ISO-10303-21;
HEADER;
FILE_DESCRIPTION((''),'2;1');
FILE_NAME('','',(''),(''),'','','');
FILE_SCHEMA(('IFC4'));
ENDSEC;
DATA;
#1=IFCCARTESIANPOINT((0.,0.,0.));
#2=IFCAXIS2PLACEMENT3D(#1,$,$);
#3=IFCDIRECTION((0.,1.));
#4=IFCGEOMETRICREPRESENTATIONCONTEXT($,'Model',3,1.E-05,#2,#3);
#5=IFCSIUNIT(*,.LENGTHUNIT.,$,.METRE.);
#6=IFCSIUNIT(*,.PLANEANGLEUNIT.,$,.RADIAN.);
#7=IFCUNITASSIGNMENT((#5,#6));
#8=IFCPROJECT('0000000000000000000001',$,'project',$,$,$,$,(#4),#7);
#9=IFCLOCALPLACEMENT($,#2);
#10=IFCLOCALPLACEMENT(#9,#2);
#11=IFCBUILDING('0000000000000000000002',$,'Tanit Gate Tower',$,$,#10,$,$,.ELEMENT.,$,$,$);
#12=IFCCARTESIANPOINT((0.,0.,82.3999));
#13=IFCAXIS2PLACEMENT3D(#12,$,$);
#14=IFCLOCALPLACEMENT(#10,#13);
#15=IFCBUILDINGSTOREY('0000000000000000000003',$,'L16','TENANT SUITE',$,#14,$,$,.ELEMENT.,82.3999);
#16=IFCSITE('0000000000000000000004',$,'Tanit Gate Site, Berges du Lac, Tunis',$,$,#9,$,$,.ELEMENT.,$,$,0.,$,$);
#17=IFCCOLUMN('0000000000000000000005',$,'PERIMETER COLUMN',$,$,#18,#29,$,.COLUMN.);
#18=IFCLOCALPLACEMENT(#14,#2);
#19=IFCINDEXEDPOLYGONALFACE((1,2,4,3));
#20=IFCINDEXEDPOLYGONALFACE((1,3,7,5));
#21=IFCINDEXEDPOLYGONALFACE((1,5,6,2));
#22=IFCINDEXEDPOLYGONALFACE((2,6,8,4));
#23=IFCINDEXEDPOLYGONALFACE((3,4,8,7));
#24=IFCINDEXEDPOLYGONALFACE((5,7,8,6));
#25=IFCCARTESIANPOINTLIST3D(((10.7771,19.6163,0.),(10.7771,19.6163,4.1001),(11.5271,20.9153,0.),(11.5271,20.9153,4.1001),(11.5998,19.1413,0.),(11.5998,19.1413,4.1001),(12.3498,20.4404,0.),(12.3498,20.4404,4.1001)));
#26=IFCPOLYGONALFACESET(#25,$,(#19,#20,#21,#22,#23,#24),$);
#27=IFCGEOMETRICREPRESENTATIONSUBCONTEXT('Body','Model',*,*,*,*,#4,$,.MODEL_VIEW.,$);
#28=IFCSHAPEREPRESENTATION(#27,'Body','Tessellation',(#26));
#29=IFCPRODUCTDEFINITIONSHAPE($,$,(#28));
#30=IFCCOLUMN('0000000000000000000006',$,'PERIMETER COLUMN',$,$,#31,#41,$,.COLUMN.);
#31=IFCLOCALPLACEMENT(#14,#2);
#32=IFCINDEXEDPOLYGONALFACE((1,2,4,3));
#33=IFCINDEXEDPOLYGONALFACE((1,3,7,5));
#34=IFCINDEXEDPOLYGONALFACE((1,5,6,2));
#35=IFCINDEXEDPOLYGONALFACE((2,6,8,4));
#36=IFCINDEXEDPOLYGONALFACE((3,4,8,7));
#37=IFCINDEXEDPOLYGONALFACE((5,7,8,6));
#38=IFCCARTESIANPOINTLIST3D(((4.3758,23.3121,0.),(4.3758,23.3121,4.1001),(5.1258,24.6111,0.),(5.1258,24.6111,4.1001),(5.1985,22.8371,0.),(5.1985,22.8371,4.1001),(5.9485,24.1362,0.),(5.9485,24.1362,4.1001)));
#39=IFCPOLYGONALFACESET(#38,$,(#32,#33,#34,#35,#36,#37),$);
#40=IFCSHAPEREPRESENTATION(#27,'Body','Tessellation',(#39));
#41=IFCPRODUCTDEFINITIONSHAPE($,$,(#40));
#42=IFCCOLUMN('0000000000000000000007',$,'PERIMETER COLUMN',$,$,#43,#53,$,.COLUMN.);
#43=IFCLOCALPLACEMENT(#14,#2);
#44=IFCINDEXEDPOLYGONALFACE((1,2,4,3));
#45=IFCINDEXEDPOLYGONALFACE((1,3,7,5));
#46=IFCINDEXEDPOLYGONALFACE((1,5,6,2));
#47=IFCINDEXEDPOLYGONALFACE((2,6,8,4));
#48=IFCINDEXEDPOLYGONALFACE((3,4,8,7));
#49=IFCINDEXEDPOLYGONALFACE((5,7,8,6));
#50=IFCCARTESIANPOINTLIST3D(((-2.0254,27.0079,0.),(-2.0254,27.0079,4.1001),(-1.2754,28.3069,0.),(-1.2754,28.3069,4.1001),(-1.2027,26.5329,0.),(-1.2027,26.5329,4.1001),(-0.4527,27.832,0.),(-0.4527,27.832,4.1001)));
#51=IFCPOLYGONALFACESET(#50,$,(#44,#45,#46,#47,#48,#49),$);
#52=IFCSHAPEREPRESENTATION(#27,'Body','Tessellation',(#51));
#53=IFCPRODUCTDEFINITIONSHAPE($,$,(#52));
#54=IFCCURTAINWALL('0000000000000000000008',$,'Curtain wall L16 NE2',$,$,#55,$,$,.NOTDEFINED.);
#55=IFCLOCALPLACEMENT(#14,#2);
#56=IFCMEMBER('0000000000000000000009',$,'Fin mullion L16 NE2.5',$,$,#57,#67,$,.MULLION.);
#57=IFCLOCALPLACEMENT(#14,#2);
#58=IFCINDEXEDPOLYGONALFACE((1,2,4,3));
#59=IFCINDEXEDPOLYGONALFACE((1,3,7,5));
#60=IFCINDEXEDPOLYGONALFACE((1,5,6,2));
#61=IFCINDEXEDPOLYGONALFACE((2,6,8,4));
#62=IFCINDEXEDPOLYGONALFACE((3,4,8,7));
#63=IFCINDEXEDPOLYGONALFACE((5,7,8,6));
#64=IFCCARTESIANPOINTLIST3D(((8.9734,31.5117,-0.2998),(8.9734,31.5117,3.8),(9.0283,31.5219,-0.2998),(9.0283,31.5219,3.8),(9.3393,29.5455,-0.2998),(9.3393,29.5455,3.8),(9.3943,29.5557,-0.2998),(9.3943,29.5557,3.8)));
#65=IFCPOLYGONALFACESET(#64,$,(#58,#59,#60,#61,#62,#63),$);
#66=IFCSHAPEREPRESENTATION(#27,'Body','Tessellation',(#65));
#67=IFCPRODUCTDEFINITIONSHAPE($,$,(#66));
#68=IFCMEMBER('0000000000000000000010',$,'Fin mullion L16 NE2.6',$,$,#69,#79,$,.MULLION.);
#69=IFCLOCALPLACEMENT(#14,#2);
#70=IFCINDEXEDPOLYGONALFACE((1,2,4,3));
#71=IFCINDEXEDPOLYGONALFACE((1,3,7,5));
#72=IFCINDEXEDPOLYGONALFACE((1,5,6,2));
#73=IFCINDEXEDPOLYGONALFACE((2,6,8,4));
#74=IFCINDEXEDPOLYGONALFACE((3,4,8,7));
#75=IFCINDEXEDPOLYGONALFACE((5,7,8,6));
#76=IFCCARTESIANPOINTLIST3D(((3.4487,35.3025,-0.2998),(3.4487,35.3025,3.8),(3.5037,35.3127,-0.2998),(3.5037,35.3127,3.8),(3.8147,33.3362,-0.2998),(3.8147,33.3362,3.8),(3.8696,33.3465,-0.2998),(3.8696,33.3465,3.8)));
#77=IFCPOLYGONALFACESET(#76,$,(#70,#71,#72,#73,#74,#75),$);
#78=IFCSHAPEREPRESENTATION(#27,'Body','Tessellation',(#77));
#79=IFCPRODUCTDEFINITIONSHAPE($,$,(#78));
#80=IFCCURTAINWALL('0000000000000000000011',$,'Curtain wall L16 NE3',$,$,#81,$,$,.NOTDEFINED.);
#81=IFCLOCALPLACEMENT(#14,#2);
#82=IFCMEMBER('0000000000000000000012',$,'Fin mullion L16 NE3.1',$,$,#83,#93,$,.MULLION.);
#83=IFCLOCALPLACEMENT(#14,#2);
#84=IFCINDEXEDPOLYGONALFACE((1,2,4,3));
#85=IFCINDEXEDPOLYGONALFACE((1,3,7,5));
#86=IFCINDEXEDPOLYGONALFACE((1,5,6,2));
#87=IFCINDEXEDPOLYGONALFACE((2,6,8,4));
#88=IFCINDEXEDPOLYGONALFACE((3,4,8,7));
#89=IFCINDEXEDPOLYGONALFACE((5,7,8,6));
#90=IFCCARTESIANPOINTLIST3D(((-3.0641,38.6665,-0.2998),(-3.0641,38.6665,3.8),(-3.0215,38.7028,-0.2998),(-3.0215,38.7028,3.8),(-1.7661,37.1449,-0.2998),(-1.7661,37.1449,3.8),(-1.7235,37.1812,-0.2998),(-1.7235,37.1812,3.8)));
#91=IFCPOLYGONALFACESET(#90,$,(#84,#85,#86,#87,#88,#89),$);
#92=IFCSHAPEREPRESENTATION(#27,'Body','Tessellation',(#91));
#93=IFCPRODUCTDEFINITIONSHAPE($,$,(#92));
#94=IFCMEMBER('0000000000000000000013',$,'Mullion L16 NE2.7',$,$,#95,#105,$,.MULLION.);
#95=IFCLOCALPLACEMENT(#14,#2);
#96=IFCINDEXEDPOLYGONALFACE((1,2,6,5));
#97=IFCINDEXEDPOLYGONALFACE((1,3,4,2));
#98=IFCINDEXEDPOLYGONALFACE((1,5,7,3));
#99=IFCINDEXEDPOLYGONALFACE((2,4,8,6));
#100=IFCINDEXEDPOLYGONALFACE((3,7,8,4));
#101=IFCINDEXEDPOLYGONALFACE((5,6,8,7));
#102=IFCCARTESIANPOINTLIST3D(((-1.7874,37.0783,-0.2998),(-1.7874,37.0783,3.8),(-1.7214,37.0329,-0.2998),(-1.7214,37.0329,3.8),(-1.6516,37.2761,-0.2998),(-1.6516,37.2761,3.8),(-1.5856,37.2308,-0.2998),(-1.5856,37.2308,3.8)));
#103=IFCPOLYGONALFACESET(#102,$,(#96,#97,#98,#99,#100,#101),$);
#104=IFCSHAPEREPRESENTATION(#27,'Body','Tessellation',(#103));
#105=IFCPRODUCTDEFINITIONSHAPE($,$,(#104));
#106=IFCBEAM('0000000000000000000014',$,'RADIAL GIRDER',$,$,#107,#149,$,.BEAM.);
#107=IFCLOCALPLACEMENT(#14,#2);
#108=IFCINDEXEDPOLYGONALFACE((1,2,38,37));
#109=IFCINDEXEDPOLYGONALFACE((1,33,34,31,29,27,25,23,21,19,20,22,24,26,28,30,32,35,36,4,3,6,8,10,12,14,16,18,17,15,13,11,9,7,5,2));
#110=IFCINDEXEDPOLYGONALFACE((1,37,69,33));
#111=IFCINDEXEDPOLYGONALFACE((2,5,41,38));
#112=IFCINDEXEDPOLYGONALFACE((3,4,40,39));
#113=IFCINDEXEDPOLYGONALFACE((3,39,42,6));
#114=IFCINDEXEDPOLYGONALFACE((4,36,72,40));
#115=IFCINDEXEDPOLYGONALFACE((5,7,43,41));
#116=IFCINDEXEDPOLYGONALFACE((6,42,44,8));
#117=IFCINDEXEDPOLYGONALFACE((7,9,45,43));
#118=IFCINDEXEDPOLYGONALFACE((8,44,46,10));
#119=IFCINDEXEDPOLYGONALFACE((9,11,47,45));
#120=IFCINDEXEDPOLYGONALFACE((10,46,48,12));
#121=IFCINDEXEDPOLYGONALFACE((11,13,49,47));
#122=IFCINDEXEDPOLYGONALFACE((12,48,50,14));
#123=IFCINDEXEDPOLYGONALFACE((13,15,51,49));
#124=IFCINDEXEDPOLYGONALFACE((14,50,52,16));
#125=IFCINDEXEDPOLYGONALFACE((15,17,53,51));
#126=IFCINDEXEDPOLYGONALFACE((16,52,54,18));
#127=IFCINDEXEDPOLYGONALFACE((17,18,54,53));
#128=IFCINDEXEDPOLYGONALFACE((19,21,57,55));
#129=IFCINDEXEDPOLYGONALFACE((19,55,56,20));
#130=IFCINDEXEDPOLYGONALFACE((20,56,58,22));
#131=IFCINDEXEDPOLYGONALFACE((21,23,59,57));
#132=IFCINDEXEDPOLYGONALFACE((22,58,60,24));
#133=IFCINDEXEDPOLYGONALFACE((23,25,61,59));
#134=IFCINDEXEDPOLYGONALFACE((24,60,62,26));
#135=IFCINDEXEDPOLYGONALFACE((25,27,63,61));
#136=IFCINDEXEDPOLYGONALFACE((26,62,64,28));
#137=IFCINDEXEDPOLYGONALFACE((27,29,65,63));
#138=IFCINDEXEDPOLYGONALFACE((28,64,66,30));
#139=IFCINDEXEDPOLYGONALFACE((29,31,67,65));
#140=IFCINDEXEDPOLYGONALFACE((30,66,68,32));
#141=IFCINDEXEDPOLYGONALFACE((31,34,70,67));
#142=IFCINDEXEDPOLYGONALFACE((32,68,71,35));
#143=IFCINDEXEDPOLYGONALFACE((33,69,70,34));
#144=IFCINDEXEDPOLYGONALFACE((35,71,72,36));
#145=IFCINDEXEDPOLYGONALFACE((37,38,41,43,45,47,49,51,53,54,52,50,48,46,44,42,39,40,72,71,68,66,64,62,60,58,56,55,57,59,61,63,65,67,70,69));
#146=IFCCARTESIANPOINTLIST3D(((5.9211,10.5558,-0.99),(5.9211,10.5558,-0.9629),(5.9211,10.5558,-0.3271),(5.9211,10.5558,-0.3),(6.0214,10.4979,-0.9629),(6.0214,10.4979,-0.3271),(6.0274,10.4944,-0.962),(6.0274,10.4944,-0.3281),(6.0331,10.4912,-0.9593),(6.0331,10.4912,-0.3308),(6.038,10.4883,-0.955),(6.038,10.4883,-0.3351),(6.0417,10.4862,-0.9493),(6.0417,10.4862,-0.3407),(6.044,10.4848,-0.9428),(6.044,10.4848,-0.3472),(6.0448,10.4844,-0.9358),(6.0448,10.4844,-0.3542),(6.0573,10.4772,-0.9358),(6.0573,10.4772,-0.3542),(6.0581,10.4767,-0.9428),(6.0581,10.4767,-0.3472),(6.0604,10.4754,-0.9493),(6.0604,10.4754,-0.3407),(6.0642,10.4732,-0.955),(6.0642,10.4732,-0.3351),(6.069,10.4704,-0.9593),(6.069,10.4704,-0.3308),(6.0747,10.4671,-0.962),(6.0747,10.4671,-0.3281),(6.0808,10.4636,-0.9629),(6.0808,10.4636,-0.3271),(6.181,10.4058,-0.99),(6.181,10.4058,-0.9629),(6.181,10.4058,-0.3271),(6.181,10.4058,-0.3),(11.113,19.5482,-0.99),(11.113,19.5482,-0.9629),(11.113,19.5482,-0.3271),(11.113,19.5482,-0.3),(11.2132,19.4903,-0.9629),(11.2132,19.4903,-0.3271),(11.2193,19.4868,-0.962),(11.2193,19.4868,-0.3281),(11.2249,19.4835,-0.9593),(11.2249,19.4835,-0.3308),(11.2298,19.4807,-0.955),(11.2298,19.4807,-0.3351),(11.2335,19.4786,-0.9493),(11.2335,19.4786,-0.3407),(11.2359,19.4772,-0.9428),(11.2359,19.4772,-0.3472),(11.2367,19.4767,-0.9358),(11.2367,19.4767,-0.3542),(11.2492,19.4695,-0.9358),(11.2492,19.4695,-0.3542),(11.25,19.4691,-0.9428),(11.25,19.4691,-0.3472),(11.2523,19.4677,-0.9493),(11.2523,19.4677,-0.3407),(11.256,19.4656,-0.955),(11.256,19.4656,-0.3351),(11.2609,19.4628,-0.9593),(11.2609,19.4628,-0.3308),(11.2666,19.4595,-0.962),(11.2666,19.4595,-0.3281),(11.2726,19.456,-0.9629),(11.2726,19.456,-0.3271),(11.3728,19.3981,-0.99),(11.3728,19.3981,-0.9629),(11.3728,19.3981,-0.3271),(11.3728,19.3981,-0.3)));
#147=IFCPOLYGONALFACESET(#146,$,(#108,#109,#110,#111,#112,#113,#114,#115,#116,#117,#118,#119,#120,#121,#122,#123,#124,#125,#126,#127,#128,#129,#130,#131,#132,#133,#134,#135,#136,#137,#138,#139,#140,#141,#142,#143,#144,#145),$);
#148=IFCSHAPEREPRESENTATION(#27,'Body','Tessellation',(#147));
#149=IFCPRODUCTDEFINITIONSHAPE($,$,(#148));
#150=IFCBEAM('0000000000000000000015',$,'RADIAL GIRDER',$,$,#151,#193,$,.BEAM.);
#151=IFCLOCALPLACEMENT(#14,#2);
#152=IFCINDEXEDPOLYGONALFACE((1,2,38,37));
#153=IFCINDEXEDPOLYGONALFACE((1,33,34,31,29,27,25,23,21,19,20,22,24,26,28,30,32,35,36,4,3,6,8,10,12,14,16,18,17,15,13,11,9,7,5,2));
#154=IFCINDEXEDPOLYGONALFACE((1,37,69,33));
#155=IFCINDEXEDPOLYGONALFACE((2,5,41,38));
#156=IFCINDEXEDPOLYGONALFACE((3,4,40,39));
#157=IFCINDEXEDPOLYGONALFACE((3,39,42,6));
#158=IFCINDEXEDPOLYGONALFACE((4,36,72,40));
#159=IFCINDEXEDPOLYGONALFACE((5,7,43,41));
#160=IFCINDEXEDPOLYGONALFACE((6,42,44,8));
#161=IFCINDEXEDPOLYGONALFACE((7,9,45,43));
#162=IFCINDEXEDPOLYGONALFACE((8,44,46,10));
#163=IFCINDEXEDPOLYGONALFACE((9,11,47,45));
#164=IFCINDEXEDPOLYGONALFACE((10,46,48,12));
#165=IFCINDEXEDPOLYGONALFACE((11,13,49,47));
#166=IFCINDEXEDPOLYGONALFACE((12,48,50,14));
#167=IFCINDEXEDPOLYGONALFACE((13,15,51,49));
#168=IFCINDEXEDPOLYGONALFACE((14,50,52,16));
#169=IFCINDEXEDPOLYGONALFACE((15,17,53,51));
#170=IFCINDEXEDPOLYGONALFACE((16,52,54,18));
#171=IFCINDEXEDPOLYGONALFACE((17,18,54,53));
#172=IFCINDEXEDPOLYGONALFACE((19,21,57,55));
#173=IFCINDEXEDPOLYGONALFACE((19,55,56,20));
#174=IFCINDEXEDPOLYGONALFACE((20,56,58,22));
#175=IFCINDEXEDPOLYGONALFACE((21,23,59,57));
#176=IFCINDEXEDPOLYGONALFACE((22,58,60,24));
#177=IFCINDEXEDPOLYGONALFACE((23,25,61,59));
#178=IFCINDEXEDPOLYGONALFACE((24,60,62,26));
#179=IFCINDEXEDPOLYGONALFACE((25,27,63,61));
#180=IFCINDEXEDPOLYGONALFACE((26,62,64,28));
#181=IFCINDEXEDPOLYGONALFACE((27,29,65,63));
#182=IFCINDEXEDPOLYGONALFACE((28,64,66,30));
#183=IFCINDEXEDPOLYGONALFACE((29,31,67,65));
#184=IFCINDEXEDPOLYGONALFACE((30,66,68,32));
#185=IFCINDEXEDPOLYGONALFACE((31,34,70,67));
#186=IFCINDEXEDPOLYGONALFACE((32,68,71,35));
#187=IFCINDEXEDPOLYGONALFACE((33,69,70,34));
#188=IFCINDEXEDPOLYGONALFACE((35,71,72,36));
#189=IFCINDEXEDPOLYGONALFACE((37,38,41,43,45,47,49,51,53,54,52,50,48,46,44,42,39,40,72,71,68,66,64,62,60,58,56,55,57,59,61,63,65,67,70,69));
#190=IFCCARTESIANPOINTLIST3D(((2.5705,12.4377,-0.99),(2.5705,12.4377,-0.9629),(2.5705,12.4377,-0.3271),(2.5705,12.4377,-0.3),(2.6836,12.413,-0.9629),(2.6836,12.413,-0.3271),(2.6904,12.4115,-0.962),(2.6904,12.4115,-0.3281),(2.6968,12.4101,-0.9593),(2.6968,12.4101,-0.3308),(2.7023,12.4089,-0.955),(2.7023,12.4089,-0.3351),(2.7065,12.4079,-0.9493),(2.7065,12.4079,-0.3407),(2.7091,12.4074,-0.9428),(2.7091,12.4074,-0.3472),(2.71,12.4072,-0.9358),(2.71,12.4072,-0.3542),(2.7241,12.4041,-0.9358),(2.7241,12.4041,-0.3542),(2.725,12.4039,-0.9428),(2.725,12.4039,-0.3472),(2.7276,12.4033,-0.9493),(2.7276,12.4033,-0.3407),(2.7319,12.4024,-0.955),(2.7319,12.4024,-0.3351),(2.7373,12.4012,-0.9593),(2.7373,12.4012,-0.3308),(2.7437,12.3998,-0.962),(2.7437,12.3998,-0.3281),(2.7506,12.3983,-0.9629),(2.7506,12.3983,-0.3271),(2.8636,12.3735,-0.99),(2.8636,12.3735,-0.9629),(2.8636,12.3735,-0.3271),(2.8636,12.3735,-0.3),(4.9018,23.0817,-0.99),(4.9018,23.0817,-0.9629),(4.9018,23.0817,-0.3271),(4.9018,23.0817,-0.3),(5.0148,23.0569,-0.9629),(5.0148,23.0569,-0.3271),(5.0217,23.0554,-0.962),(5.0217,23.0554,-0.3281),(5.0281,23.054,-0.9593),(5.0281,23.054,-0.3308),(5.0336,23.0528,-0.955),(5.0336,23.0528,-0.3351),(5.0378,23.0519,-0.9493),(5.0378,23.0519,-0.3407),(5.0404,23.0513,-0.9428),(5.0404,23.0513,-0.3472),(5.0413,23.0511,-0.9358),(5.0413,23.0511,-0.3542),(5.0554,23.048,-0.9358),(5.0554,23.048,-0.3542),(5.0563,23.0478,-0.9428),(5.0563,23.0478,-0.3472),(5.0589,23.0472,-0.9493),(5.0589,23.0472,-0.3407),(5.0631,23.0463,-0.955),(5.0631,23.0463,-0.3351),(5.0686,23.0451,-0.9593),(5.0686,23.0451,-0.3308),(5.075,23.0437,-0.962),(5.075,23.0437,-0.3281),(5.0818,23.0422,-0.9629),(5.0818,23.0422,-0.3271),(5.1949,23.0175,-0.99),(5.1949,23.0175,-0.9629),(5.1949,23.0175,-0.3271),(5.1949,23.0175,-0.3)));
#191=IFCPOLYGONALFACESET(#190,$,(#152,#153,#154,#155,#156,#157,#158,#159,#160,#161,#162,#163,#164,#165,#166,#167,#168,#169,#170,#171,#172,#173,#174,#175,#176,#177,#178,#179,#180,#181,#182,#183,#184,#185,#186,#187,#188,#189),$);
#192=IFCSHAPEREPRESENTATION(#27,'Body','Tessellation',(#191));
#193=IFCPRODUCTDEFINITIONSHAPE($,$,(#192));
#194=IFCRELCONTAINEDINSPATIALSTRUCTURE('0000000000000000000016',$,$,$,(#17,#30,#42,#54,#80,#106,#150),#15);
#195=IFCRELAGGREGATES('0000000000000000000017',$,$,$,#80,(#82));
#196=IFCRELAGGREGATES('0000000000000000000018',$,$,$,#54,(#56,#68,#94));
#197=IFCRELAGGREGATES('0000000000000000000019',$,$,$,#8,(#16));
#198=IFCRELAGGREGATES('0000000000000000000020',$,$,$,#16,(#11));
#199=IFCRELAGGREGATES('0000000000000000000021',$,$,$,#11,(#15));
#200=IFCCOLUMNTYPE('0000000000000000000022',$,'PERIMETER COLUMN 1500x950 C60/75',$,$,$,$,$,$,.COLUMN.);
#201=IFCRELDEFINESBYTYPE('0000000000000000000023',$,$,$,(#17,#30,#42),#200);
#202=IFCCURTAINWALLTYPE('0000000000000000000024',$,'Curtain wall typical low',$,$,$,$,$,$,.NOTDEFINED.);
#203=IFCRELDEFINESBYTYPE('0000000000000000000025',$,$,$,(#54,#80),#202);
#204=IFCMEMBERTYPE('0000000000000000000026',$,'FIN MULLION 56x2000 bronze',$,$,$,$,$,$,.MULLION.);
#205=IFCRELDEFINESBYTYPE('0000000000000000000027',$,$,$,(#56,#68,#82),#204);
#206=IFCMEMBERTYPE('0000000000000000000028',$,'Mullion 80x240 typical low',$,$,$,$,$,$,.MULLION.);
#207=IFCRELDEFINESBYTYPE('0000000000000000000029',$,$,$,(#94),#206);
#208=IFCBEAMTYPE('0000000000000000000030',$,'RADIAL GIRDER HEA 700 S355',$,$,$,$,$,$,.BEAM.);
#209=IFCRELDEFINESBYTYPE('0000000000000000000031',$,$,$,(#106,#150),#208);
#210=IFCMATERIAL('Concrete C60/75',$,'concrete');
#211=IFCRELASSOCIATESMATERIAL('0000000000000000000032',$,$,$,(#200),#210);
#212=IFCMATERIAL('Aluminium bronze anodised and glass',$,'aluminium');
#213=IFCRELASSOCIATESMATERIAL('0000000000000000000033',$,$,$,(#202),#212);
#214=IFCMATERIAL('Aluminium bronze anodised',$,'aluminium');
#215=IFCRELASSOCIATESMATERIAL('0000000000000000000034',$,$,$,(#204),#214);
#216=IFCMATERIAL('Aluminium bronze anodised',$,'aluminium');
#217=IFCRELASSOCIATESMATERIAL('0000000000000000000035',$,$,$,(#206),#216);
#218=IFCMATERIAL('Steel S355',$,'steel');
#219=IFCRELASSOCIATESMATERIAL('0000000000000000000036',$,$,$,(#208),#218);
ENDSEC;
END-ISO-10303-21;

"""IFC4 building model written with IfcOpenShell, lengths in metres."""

from ifc_helpers import new_model, si_unit, direction, frame, origin, origin_2d, place, context, subcontext, project, spatial, rectangle, i_section, extrude, material, material_profile, profile_set, type_object, element, aggregate, save


model = new_model("IFC4")

# Units and contexts
model_context = context("Model", 3, precision=1e-05, world=origin(), true_north=direction((0.0, 1.0)))
body_context = subcontext(model_context, "Body", "Model", "MODEL_VIEW")
ifc_project = project(units=[si_unit("LENGTHUNIT", "METRE"), si_unit("PLANEANGLEUNIT", "RADIAN")], contexts=[model_context])

# Site, building, storey
site_placement = place(None, origin())
site = spatial("IfcSite", under=ifc_project, at=site_placement, Name="Tanit Gate Site, Berges du Lac, Tunis", CompositionType="ELEMENT", RefElevation=0.0)
building_placement = place(site_placement, origin())
building = spatial("IfcBuilding", under=site, at=building_placement, Name="Tanit Gate Tower", CompositionType="ELEMENT")
storey_placement = place(building_placement, frame((0.0, 0.0, 82.3999)))
storey = spatial("IfcBuildingStorey", under=building, at=storey_placement, Name="L16", Description="TENANT SUITE", CompositionType="ELEMENT", Elevation=82.3999)

# Columns
ifc_material_1 = material(Name="Concrete C60/75", Category="concrete")
ifc_material_profile_1 = material_profile(ifc_material_1, rectangle(XDim=1.5, YDim=0.95, at=origin_2d()), Name="RC 1500x950")
ifc_profile_set_1 = profile_set([ifc_material_profile_1], Name="Concrete C60/75")
column_type = type_object("IfcColumnType", Name="PERIMETER COLUMN 1500x950 C60/75", PredefinedType="COLUMN", material=ifc_profile_set_1)
for number, where, z_axis, x_axis, name in (
    (1, (11.5635, 20.0283, 0.0), (0.0, 0.0, 1.0), (0.5, 0.866025, 0.0), "PERIMETER COLUMN"),
    (2, (5.1621, 23.7241, 0.0), (0.0, 0.0, 1.0), (0.5, 0.866025, 0.0), "PERIMETER COLUMN"),
    (3, (-1.239, 27.4199, 0.0), (0.0, 0.0, 1.0), (0.5, 0.866025, 0.0), "PERIMETER COLUMN"),
):
    element("IfcColumn", number, at=place(storey_placement, frame(where, z_axis=z_axis, x_axis=x_axis)), inside=storey, type_object=column_type, Name=name, PredefinedType="COLUMN", context=body_context, shape_type="SweptSolid", body=[
        extrude(rectangle(XDim=1.5, YDim=0.95, at=origin_2d()), origin(), (0.0, 0.0, 1.0), 4.1001),
    ])

# Curtain wall, members
ifc_material_2 = material(Name="Aluminium bronze anodised and glass", Category="aluminium")
curtain_wall_type = type_object("IfcCurtainWallType", Name="Curtain wall typical low", PredefinedType="NOTDEFINED", material=ifc_material_2)
curtain_wall_1_placement = place(storey_placement, origin())
curtain_wall_1 = element("IfcCurtainWall", 4, at=curtain_wall_1_placement, inside=storey, type_object=curtain_wall_type, Name="Curtain wall L16 NE2", PredefinedType="NOTDEFINED")
ifc_material_3 = material(Name="Aluminium bronze anodised", Category="aluminium")
ifc_material_profile_2 = material_profile(ifc_material_3, rectangle(XDim=2.0, YDim=0.0559, at=origin_2d()), Name="56x2000 bronze fin mullion")
ifc_profile_set_2 = profile_set([ifc_material_profile_2], Name="Aluminium bronze anodised")
member_type_1 = type_object("IfcMemberType", Name="FIN MULLION 56x2000 bronze", PredefinedType="MULLION", material=ifc_profile_set_2)
member_1_placement = place(storey_placement, frame((9.1838, 30.5337, -0.2998), z_axis=(0.0, 0.0, 1.0), x_axis=(0.182983, -0.983116, 0.0)))
member_1 = element("IfcMember", 5, at=member_1_placement, type_object=member_type_1, Name="Fin mullion L16 NE2.5", PredefinedType="MULLION", context=body_context, shape_type="SweptSolid", body=[
    extrude(rectangle(XDim=2.0, YDim=0.0559, at=origin_2d()), origin(), (0.0, 0.0, 1.0), 4.0999),
])
member_2_placement = place(storey_placement, frame((3.6592, 34.3245, -0.2998), z_axis=(0.0, 0.0, 1.0), x_axis=(0.182983, -0.983116, 0.0)))
member_2 = element("IfcMember", 6, at=member_2_placement, type_object=member_type_1, Name="Fin mullion L16 NE2.6", PredefinedType="MULLION", context=body_context, shape_type="SweptSolid", body=[
    extrude(rectangle(XDim=2.0, YDim=0.0559, at=origin_2d()), origin(), (0.0, 0.0, 1.0), 4.0999),
])

# Curtain wall, member
curtain_wall_2_placement = place(storey_placement, origin())
curtain_wall_2 = element("IfcCurtainWall", 7, at=curtain_wall_2_placement, inside=storey, type_object=curtain_wall_type, Name="Curtain wall L16 NE3", PredefinedType="NOTDEFINED")
member_3_placement = place(storey_placement, frame((-2.3938, 37.9238, -0.2998), z_axis=(0.0, 0.0, 1.0), x_axis=(0.649001, -0.760787, 0.0)))
member_3 = element("IfcMember", 8, at=member_3_placement, type_object=member_type_1, Name="Fin mullion L16 NE3.1", PredefinedType="MULLION", context=body_context, shape_type="SweptSolid", body=[
    extrude(rectangle(XDim=2.0, YDim=0.0559, at=origin_2d()), origin(), (0.0, 0.0, 1.0), 4.0999),
])

# Member
ifc_material_4 = material(Name="Aluminium bronze anodised", Category="aluminium")
ifc_material_profile_3 = material_profile(ifc_material_4, rectangle(XDim=0.24, YDim=0.0801, at=origin_2d()), Name="80x240 bronze mullion")
ifc_profile_set_3 = profile_set([ifc_material_profile_3], Name="Aluminium bronze anodised")
member_type_2 = type_object("IfcMemberType", Name="Mullion 80x240 typical low", PredefinedType="MULLION", material=ifc_profile_set_3)
member_4_placement = place(storey_placement, frame((-1.6865, 37.1545, -0.2998), z_axis=(0.0, 0.0, 1.0), x_axis=(-0.56578, -0.824557, 0.0)))
member_4 = element("IfcMember", 9, at=member_4_placement, type_object=member_type_2, Name="Mullion L16 NE2.7", PredefinedType="MULLION", context=body_context, shape_type="SweptSolid", body=[
    extrude(rectangle(XDim=0.24, YDim=0.0801, at=origin_2d()), origin(), (0.0, 0.0, 1.0), 4.0999),
])

# Beams
ifc_material_5 = material(Name="Steel S355", Category="steel")
ifc_material_profile_4 = material_profile(ifc_material_5, i_section(OverallWidth=0.3, OverallDepth=0.6899, WebThickness=0.0144, FlangeThickness=0.0271, FilletRadius=0.0271, at=origin_2d()), Name="HEA 700")
ifc_profile_set_4 = profile_set([ifc_material_profile_4], Name="Steel S355")
beam_type = type_object("IfcBeamType", Name="RADIAL GIRDER HEA 700 S355", PredefinedType="BEAM", material=ifc_profile_set_4)
beam_1_placement = place(storey_placement, frame((11.2429, 19.4731, -0.645), z_axis=(-0.500008, -0.866021, 0.0), x_axis=(0.866021, -0.500008, 0.0)))
element("IfcBeam", 10, at=beam_1_placement, inside=storey, type_object=beam_type, Name="RADIAL GIRDER", PredefinedType="BEAM", context=body_context, shape_type="SweptSolid", body=[
    extrude(i_section(OverallWidth=0.3, OverallDepth=0.6899, WebThickness=0.0144, FlangeThickness=0.0271, FilletRadius=0.0271, at=origin_2d()), origin(), (0.0, 0.0, 1.0), 10.3835),
])
beam_2_placement = place(storey_placement, frame((5.0483, 23.0496, -0.645), z_axis=(-0.213952, -0.976844, 0.0), x_axis=(0.976844, -0.213952, 0.0)))
element("IfcBeam", 11, at=beam_2_placement, inside=storey, type_object=beam_type, Name="RADIAL GIRDER", PredefinedType="BEAM", context=body_context, shape_type="SweptSolid", body=[
    extrude(i_section(OverallWidth=0.3, OverallDepth=0.6899, WebThickness=0.0144, FlangeThickness=0.0271, FilletRadius=0.0271, at=origin_2d()), origin(), (0.0, 0.0, 1.0), 10.8962),
])

aggregate(curtain_wall_2, [member_3])

aggregate(curtain_wall_1, [member_1, member_2, member_4])

save(model, "model.ifc")
